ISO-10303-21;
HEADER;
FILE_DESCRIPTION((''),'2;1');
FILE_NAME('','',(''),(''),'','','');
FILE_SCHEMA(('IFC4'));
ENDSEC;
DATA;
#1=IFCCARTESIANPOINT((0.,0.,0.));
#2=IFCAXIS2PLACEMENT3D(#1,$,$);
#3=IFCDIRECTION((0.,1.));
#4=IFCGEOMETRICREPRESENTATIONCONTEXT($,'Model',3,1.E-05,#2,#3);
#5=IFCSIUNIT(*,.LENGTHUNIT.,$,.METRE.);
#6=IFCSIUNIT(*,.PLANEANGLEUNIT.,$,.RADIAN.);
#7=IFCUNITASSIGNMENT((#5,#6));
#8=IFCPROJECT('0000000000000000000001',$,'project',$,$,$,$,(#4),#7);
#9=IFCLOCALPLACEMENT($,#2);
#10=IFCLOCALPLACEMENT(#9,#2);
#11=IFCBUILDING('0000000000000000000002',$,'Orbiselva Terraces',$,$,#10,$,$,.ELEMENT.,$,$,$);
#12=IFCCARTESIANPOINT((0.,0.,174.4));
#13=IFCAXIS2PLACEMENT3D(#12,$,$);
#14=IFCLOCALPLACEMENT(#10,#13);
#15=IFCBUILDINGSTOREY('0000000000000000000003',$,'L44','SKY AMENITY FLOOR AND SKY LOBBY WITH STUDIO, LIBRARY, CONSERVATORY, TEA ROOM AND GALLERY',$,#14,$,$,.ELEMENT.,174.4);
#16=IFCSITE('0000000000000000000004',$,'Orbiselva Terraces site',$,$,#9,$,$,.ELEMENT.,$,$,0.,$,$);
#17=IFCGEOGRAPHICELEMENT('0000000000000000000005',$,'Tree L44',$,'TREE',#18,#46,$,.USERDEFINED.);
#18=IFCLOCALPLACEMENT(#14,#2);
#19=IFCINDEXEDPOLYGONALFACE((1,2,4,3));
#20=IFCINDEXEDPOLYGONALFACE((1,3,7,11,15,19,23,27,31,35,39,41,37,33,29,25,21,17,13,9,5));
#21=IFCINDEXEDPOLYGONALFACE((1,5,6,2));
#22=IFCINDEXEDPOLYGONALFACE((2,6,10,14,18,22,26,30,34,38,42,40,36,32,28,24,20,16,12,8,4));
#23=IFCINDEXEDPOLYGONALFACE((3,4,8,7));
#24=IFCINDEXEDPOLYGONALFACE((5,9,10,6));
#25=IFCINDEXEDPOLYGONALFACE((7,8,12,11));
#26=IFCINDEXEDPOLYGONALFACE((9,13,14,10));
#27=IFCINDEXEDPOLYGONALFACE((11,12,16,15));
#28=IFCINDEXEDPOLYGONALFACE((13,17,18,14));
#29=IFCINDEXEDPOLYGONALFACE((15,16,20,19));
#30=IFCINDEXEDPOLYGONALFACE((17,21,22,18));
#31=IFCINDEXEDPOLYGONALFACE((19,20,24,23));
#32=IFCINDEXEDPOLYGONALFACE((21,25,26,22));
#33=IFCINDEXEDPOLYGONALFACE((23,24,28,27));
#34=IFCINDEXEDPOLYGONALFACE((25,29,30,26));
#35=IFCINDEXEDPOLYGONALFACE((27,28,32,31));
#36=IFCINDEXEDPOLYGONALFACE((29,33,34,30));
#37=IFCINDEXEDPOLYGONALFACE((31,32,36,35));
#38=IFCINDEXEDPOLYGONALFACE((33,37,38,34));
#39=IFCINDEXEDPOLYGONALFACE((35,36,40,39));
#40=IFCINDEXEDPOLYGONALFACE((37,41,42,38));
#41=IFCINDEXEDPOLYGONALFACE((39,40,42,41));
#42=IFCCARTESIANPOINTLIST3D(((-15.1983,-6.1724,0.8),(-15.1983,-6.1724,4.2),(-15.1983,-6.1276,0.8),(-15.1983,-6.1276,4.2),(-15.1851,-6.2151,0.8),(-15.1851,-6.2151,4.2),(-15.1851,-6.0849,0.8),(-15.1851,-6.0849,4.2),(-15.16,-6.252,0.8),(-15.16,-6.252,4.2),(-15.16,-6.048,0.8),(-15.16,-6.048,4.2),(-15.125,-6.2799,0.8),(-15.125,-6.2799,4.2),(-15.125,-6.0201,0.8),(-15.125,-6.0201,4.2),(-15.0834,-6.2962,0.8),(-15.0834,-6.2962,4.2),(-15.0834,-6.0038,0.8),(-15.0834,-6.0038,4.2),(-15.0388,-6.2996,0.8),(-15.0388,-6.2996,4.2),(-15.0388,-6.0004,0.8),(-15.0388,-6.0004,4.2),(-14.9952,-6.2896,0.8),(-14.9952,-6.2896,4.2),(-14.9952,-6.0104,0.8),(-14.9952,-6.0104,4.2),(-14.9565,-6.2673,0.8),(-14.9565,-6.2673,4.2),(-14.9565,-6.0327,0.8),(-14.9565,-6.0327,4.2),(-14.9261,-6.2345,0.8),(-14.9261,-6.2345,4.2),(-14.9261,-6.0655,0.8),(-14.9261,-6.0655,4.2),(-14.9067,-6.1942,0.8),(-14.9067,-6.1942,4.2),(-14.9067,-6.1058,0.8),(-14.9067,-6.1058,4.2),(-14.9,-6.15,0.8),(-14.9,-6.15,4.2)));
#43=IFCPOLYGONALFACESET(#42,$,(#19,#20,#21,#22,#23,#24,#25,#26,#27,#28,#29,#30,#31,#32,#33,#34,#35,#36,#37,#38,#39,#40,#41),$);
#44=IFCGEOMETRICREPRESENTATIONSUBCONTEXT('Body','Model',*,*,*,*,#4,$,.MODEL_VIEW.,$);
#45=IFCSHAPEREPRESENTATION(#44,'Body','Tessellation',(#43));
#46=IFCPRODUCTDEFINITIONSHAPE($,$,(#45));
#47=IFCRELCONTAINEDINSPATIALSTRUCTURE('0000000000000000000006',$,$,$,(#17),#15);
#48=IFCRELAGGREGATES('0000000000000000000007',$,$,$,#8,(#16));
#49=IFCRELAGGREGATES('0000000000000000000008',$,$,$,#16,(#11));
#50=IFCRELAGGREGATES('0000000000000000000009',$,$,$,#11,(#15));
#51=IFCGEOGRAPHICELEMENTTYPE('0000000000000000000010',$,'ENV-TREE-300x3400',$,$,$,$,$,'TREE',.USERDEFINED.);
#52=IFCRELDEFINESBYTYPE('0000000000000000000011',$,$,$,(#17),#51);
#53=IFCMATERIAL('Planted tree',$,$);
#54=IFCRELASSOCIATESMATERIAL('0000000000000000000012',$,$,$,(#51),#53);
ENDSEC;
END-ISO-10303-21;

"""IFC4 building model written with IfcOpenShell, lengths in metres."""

from ifc_helpers import new_model, si_unit, direction, frame, origin, origin_2d, place, context, subcontext, project, spatial, circle, extrude, material, type_object, element, save


model = new_model("IFC4")

# Units and contexts
model_context = context("Model", 3, precision=1e-05, world=origin(), true_north=direction((0.0, 1.0)))
body_context = subcontext(model_context, "Body", "Model", "MODEL_VIEW")
ifc_project = project(units=[si_unit("LENGTHUNIT", "METRE"), si_unit("PLANEANGLEUNIT", "RADIAN")], contexts=[model_context])

# Site, building, storey
site_placement = place(None, origin())
site = spatial("IfcSite", under=ifc_project, at=site_placement, Name="Orbiselva Terraces site", CompositionType="ELEMENT", RefElevation=0.0)
building_placement = place(site_placement, origin())
building = spatial("IfcBuilding", under=site, at=building_placement, Name="Orbiselva Terraces", CompositionType="ELEMENT")
storey_placement = place(building_placement, frame((0.0, 0.0, 174.4)))
storey = spatial("IfcBuildingStorey", under=building, at=storey_placement, Name="L44", Description="SKY AMENITY FLOOR AND SKY LOBBY WITH STUDIO, LIBRARY, CONSERVATORY, TEA ROOM AND GALLERY", CompositionType="ELEMENT", Elevation=174.4)

# Geographic element
ifc_material_1 = material(Name="Planted tree")
geographic_element_type = type_object("IfcGeographicElementType", Name="ENV-TREE-300x3400", ElementType="TREE", PredefinedType="USERDEFINED", material=ifc_material_1)
geographic_element_placement = place(storey_placement, frame((-15.05, -6.15, 4.2), z_axis=(0.0, 0.0, -1.0), x_axis=(1.0, 0.0, 0.0)))
element("IfcGeographicElement", 1, at=geographic_element_placement, inside=storey, type_object=geographic_element_type, Name="Tree L44", ObjectType="TREE", PredefinedType="USERDEFINED", context=body_context, shape_type="SweptSolid", body=[
    extrude(circle(Radius=0.15, at=origin_2d()), origin(), (0.0, 0.0, 1.0), 3.4),
])

save(model, "model.ifc")
